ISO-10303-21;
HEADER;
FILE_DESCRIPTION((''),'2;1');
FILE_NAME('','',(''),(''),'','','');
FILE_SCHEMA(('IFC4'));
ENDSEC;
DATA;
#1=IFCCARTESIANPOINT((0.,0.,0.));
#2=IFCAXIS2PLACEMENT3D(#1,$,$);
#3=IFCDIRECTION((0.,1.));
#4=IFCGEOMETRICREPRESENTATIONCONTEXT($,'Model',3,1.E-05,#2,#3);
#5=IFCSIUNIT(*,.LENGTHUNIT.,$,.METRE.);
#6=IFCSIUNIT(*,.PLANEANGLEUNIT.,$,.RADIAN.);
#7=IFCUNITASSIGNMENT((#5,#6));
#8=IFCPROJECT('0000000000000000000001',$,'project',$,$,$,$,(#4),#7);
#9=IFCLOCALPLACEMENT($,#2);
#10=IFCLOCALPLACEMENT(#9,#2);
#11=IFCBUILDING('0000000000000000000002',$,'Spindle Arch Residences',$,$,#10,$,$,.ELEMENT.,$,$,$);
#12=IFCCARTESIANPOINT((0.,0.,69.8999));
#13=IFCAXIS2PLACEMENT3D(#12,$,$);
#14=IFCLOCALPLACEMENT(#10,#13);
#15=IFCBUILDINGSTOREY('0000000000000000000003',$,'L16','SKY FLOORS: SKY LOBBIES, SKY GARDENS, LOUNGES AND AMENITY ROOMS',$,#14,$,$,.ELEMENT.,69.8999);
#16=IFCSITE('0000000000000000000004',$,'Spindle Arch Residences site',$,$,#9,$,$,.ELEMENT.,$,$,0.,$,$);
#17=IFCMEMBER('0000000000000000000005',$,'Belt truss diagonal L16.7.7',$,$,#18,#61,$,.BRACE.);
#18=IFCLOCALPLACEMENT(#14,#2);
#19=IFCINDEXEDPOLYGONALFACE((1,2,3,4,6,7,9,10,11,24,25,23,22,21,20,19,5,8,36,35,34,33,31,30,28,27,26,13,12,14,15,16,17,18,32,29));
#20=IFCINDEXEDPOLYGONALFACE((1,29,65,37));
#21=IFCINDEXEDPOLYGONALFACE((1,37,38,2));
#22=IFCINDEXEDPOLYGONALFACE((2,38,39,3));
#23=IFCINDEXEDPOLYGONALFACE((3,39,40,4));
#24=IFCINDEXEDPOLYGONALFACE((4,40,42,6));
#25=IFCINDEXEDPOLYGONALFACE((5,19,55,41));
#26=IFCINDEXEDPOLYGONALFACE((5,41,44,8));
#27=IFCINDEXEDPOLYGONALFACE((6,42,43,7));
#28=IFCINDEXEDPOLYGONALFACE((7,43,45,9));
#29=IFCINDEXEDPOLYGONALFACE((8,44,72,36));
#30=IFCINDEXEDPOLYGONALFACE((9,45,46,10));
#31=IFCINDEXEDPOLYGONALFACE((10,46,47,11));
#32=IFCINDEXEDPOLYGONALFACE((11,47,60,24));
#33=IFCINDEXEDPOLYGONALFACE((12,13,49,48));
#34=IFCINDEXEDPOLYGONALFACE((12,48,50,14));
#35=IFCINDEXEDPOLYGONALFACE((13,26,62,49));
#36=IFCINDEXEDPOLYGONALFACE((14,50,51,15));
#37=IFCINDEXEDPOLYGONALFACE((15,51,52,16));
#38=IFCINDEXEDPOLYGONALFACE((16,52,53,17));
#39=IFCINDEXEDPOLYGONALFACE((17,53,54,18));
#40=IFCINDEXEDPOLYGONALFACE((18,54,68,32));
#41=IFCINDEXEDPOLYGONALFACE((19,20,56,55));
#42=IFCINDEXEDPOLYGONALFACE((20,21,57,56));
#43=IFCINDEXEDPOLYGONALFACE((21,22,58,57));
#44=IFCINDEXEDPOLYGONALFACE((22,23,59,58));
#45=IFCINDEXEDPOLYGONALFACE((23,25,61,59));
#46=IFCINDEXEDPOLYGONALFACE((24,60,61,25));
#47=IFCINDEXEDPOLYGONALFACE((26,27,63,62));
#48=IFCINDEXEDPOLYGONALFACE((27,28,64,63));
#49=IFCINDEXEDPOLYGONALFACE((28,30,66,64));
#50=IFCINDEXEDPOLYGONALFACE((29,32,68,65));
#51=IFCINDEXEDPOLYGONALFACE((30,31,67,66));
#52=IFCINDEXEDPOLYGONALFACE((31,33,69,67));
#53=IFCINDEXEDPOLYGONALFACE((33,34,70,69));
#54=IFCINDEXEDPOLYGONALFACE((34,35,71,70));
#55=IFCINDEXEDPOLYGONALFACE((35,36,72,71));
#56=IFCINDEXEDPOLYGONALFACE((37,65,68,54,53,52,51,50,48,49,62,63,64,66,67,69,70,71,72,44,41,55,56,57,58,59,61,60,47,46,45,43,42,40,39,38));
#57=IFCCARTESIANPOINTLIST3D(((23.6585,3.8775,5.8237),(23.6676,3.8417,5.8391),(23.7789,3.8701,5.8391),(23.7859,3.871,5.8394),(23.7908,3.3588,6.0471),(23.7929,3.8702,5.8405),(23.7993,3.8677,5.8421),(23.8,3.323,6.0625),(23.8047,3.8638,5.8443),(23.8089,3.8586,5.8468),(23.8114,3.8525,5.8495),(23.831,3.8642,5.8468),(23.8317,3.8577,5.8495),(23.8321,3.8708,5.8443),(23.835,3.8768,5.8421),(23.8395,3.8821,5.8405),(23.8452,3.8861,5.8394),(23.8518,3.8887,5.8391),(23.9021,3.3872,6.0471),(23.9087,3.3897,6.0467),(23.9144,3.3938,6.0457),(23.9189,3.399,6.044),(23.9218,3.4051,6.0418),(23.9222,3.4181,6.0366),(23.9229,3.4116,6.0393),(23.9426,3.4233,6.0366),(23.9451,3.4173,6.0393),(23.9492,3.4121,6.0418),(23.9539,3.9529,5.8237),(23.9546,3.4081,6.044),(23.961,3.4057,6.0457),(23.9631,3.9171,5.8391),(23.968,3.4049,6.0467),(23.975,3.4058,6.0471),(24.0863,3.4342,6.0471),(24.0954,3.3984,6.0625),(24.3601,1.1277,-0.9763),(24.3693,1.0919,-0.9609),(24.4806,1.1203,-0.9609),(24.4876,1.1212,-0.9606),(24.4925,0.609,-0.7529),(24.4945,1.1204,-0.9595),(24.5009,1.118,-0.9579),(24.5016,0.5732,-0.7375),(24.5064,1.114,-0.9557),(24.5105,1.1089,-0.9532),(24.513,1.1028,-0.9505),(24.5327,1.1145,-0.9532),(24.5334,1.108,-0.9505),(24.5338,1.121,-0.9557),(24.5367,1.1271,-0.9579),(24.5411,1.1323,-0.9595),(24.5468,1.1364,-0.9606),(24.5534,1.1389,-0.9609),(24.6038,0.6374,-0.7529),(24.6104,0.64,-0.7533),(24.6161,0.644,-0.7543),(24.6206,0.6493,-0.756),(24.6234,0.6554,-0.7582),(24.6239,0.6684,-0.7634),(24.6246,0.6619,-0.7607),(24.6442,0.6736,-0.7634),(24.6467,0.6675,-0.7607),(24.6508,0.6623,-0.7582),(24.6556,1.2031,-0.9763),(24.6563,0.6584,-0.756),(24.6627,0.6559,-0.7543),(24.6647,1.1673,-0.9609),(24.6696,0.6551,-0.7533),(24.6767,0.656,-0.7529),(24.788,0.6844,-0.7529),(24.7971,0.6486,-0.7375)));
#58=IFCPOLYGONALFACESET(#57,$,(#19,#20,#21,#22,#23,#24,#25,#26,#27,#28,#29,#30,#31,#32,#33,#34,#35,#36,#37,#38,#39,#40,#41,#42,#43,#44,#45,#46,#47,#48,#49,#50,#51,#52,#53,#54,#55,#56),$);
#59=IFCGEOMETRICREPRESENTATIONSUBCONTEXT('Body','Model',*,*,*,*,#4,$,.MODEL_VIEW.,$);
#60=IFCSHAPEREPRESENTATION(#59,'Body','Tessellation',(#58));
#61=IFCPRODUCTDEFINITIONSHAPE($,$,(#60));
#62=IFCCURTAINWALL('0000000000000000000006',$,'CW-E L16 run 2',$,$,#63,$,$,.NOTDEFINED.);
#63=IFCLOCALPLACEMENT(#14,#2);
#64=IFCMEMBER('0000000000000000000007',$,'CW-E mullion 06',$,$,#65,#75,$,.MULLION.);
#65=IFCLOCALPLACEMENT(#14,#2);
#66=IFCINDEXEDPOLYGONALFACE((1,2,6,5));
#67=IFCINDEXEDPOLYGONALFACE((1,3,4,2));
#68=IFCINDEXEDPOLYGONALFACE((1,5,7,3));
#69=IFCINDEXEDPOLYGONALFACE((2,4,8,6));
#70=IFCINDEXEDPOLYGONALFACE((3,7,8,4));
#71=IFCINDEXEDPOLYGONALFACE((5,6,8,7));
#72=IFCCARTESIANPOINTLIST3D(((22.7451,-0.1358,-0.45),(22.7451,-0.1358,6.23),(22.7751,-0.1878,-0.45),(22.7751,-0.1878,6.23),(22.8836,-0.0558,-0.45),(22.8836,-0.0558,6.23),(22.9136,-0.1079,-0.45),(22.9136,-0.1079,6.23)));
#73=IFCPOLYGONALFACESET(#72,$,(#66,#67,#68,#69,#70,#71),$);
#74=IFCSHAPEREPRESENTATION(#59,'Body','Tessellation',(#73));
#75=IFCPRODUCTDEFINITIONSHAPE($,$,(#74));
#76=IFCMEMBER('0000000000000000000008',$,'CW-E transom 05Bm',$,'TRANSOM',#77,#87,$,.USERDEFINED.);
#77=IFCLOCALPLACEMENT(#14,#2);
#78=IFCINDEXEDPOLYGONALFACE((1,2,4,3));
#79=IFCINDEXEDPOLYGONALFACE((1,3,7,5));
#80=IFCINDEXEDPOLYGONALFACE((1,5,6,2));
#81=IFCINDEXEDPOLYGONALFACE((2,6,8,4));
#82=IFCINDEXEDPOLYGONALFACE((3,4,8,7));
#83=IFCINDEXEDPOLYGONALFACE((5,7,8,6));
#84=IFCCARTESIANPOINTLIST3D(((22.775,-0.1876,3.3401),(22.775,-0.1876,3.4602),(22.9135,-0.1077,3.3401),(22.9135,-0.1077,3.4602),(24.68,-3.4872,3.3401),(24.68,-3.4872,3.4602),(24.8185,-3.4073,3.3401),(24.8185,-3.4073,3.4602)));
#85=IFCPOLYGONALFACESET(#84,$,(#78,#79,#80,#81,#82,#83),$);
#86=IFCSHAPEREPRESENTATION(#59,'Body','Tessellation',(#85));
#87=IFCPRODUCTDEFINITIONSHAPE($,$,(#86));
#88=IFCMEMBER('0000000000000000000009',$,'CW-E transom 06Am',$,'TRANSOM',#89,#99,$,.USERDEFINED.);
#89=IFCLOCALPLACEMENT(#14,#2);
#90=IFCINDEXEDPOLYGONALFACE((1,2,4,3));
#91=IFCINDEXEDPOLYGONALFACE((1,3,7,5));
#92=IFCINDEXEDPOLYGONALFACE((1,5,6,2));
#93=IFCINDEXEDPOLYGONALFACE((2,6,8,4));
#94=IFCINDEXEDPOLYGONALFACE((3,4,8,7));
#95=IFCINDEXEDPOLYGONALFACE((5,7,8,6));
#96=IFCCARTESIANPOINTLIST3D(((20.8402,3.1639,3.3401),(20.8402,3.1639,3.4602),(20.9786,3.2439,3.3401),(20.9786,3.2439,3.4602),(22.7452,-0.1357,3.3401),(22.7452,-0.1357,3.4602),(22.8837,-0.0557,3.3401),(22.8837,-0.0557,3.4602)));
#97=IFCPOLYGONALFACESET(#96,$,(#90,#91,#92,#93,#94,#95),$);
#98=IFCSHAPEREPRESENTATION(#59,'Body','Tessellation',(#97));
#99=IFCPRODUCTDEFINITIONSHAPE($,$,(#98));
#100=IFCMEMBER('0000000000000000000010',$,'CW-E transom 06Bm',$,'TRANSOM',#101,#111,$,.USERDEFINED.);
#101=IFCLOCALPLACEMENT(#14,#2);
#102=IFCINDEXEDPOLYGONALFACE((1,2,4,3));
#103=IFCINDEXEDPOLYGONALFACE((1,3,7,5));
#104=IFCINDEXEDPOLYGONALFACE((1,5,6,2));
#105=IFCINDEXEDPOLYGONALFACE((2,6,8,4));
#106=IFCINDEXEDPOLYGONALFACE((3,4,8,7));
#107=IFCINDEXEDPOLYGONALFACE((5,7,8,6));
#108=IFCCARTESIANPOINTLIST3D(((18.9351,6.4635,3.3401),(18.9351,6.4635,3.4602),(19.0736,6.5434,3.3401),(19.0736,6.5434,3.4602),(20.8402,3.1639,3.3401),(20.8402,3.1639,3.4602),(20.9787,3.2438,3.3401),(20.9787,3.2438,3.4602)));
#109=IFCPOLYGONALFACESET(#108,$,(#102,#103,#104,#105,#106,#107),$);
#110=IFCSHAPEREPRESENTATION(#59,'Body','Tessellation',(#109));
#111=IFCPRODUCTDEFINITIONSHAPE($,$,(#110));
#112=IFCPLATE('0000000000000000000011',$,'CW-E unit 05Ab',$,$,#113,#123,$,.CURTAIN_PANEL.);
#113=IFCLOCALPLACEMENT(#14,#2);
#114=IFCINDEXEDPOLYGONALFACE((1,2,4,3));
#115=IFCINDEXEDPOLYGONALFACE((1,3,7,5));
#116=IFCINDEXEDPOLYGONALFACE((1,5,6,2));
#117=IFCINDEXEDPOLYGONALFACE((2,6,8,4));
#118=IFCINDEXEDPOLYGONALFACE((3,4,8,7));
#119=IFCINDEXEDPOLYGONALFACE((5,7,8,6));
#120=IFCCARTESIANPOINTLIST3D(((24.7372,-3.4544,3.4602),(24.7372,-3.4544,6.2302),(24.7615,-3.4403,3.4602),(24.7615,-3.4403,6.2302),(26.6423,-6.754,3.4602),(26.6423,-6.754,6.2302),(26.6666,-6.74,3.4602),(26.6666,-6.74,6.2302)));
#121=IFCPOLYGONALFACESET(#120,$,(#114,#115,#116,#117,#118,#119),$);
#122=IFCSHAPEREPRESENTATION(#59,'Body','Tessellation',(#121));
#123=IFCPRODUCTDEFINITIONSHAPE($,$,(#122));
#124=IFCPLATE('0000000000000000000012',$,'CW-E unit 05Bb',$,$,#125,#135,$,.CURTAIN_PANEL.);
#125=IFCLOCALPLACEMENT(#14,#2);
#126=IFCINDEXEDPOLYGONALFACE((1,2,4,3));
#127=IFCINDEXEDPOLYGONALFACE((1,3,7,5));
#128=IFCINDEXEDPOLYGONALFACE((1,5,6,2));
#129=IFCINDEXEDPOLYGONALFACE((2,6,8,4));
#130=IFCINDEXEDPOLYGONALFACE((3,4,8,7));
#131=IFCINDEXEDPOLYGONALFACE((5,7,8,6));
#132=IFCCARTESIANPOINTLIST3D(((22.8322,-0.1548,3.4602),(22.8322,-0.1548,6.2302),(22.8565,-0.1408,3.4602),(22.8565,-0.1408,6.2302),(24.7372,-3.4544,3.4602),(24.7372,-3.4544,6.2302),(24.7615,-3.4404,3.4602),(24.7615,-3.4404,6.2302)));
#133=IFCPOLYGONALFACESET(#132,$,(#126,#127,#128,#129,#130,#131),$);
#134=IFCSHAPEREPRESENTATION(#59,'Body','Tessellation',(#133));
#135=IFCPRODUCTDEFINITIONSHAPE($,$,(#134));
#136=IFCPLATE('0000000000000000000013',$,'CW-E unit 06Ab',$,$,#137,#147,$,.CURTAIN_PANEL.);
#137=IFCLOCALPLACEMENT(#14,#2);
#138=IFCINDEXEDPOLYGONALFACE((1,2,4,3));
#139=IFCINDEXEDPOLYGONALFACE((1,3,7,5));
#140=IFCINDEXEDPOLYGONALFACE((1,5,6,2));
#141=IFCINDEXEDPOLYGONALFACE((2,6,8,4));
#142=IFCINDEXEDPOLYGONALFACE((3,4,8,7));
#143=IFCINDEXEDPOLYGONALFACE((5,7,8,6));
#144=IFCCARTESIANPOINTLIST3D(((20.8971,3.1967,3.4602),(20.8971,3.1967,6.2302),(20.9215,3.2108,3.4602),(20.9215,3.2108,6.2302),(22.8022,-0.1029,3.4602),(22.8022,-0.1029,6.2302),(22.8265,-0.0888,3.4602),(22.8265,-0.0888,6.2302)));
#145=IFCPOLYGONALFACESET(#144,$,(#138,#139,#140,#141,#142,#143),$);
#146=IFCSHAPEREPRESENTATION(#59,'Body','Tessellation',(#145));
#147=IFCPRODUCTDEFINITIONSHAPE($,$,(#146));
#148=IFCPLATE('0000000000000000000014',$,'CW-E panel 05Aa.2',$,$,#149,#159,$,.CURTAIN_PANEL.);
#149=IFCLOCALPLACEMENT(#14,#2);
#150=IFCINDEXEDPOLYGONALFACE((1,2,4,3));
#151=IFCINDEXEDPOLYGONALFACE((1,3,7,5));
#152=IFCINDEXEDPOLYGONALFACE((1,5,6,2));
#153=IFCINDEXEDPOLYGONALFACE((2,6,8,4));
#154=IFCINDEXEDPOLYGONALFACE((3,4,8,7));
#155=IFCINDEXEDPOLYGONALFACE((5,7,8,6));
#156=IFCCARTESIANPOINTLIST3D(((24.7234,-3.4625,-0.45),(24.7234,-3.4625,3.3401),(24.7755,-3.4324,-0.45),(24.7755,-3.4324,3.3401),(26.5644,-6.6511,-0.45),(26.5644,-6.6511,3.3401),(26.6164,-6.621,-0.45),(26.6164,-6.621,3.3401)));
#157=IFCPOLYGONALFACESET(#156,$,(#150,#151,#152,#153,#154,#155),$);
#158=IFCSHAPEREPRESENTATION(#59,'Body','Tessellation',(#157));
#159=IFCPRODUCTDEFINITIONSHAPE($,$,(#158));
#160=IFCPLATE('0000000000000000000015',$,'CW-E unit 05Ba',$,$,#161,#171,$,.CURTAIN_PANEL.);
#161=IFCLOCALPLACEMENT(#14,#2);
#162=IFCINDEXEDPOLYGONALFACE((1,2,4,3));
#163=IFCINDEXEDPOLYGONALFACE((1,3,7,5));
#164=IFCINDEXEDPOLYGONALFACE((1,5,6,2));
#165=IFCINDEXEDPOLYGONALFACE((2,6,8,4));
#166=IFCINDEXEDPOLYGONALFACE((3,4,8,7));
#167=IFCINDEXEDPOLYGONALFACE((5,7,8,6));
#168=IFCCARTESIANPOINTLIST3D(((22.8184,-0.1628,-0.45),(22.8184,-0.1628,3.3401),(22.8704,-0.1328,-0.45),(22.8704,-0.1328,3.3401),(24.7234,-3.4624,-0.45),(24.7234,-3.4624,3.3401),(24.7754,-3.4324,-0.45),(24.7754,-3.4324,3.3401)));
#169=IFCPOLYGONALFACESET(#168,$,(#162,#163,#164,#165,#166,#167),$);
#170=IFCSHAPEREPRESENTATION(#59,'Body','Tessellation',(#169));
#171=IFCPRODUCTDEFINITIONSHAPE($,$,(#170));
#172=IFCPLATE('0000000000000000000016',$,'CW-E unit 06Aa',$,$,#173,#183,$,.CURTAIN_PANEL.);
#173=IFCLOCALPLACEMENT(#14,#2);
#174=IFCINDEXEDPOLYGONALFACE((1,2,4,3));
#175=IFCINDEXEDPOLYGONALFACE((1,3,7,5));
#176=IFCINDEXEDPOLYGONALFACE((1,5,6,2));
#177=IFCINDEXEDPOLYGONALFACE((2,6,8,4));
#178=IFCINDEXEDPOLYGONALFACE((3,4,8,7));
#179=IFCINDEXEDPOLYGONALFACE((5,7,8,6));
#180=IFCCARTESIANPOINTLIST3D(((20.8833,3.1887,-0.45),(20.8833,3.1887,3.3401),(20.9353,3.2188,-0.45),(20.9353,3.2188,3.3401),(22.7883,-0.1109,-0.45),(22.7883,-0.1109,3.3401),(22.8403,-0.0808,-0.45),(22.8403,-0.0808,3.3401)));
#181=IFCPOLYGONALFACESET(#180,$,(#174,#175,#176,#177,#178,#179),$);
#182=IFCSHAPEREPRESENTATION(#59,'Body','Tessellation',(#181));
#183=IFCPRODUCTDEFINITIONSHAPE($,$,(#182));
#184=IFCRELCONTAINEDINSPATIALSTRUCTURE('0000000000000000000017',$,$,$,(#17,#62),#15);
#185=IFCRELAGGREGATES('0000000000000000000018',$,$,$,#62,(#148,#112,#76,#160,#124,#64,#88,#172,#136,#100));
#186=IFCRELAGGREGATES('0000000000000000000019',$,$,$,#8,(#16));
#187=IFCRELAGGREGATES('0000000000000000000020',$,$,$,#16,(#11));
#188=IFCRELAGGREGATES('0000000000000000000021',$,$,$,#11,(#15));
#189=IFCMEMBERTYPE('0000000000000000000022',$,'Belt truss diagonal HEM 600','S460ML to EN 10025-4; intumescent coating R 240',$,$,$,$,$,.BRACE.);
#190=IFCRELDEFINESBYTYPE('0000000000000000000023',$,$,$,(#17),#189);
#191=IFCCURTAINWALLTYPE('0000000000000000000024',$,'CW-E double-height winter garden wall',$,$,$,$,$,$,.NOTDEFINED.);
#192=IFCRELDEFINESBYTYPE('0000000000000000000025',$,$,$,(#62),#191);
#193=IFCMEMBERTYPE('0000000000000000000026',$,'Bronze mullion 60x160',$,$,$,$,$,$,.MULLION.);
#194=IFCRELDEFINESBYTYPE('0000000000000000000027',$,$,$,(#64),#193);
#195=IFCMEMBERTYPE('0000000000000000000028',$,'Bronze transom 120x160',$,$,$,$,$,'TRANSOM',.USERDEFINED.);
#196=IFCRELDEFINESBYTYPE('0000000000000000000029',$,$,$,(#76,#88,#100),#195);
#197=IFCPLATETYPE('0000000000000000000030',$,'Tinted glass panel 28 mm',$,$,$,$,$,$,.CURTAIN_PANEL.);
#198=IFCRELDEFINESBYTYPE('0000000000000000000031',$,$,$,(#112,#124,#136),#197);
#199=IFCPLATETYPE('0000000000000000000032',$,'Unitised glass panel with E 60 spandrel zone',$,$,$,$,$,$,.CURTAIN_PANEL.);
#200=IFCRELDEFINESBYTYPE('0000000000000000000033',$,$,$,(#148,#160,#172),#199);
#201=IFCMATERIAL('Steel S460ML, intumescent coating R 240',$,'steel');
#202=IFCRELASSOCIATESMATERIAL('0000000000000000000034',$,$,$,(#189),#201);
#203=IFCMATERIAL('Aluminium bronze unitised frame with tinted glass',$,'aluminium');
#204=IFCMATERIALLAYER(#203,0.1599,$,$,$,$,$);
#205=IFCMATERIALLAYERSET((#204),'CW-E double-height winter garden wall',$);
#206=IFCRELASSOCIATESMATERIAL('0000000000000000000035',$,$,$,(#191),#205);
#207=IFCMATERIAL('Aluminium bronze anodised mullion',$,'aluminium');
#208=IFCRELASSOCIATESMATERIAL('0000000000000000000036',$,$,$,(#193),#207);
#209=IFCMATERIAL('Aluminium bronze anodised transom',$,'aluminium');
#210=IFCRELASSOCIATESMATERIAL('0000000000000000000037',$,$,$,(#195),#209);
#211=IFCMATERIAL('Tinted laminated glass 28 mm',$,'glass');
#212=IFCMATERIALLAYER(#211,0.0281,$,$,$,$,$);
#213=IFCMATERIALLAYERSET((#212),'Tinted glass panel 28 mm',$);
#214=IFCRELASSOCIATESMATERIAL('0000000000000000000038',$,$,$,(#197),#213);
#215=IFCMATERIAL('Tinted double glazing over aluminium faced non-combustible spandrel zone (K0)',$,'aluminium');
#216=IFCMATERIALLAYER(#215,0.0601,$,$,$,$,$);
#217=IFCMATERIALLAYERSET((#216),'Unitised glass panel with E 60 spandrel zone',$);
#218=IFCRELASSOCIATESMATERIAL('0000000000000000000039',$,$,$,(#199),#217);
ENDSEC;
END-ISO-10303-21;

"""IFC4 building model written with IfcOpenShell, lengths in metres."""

from ifc_helpers import new_model, si_unit, direction, frame, origin, origin_2d, place, context, subcontext, project, spatial, rectangle, i_section, extrude, material, layer, layer_set, material_profile, profile_set, type_object, element, aggregate, save


model = new_model("IFC4")

# Units and contexts
model_context = context("Model", 3, precision=1e-05, world=origin(), true_north=direction((0.0, 1.0)))
body_context = subcontext(model_context, "Body", "Model", "MODEL_VIEW")
ifc_project = project(units=[si_unit("LENGTHUNIT", "METRE"), si_unit("PLANEANGLEUNIT", "RADIAN")], contexts=[model_context])

# Site, building, storey
site_placement = place(None, origin())
site = spatial("IfcSite", under=ifc_project, at=site_placement, Name="Spindle Arch Residences site", CompositionType="ELEMENT", RefElevation=0.0)
building_placement = place(site_placement, origin())
building = spatial("IfcBuilding", under=site, at=building_placement, Name="Spindle Arch Residences", CompositionType="ELEMENT")
storey_placement = place(building_placement, frame((0.0, 0.0, 69.8999)))
storey = spatial("IfcBuildingStorey", under=building, at=storey_placement, Name="L16", Description="SKY FLOORS: SKY LOBBIES, SKY GARDENS, LOUNGES AND AMENITY ROOMS", CompositionType="ELEMENT", Elevation=69.8999)

# Member
ifc_material_1 = material(Name="Steel S460ML, intumescent coating R 240", Category="steel")
ifc_material_profile_1 = material_profile(ifc_material_1, i_section(OverallWidth=0.3049, OverallDepth=0.6201, WebThickness=0.021, FlangeThickness=0.04, FilletRadius=0.0271, at=origin_2d()), Name="HEM 600")
ifc_profile_set_1 = profile_set([ifc_material_profile_1], Name="Steel S460ML, intumescent coating R 240")
member_type_1 = type_object("IfcMemberType", Name="Belt truss diagonal HEM 600", Description="S460ML to EN 10025-4; intumescent coating R 240", PredefinedType="BRACE", material=ifc_profile_set_1)
member_1_placement = place(storey_placement, frame((24.5786, 0.8882, -0.8569), z_axis=(-0.095225, 0.373179, 0.922859), x_axis=(-0.968952, -0.247249, 0.0)))
element("IfcMember", 1, at=member_1_placement, inside=storey, type_object=member_type_1, Name="Belt truss diagonal L16.7.7", PredefinedType="BRACE", context=body_context, shape_type="SweptSolid", body=[
    extrude(i_section(OverallWidth=0.3049, OverallDepth=0.6201, WebThickness=0.021, FlangeThickness=0.04, FilletRadius=0.0271, at=origin_2d()), origin(), (0.0, 0.0, 1.0), 7.3684),
])

# Curtain wall, members, plates
ifc_material_2 = material(Name="Aluminium bronze unitised frame with tinted glass", Category="aluminium")
ifc_layer_1 = layer(ifc_material_2, 0.1599)
ifc_layer_set_1 = layer_set([ifc_layer_1], Name="CW-E double-height winter garden wall")
curtain_wall_type = type_object("IfcCurtainWallType", Name="CW-E double-height winter garden wall", PredefinedType="NOTDEFINED", material=ifc_layer_set_1)
curtain_wall_placement = place(storey_placement, origin())
curtain_wall = element("IfcCurtainWall", 2, at=curtain_wall_placement, inside=storey, type_object=curtain_wall_type, Name="CW-E L16 run 2", PredefinedType="NOTDEFINED")
ifc_material_3 = material(Name="Aluminium bronze anodised mullion", Category="aluminium")
ifc_material_profile_2 = material_profile(ifc_material_3, rectangle(XDim=0.1599, YDim=0.0601, at=origin_2d()), Name="MU 60x160")
ifc_profile_set_2 = profile_set([ifc_material_profile_2], Name="Aluminium bronze anodised mullion")
member_type_2 = type_object("IfcMemberType", Name="Bronze mullion 60x160", PredefinedType="MULLION", material=ifc_profile_set_2)
member_2_placement = place(storey_placement, frame((22.8293, -0.1218, -0.45), z_axis=(0.0, 0.0, 1.0), x_axis=(-0.866025, -0.5, 0.0)))
member_2 = element("IfcMember", 3, at=member_2_placement, type_object=member_type_2, Name="CW-E mullion 06", PredefinedType="MULLION", context=body_context, shape_type="SweptSolid", body=[
    extrude(rectangle(XDim=0.1599, YDim=0.0601, at=origin_2d()), origin(), (0.0, 0.0, 1.0), 6.6799),
])
ifc_material_4 = material(Name="Aluminium bronze anodised transom", Category="aluminium")
ifc_material_profile_3 = material_profile(ifc_material_4, rectangle(XDim=0.1599, YDim=0.1201, at=origin_2d()), Name="TR 120x160")
ifc_profile_set_3 = profile_set([ifc_material_profile_3], Name="Aluminium bronze anodised transom")
member_type_3 = type_object("IfcMemberType", Name="Bronze transom 120x160", ElementType="TRANSOM", PredefinedType="USERDEFINED", material=ifc_profile_set_3)
member_3_placement = place(storey_placement, frame((24.7493, -3.4473, 3.4001), z_axis=(-0.500005, 0.866022, 0.0), x_axis=(-0.866022, -0.500005, 0.0)))
member_3 = element("IfcMember", 4, at=member_3_placement, type_object=member_type_3, Name="CW-E transom 05Bm", ObjectType="TRANSOM", PredefinedType="USERDEFINED", context=body_context, shape_type="SweptSolid", body=[
    extrude(rectangle(XDim=0.1599, YDim=0.1201, at=origin_2d()), origin(), (0.0, 0.0, 1.0), 3.8101),
])
member_4_placement = place(storey_placement, frame((22.8145, -0.0957, 3.4001), z_axis=(-0.500005, 0.866022, 0.0), x_axis=(-0.866022, -0.500005, 0.0)))
member_4 = element("IfcMember", 5, at=member_4_placement, type_object=member_type_3, Name="CW-E transom 06Am", ObjectType="TRANSOM", PredefinedType="USERDEFINED", context=body_context, shape_type="SweptSolid", body=[
    extrude(rectangle(XDim=0.1599, YDim=0.1201, at=origin_2d()), origin(), (0.0, 0.0, 1.0), 3.8101),
])
member_5_placement = place(storey_placement, frame((20.9094, 3.2039, 3.4001), z_axis=(-0.500005, 0.866022, 0.0), x_axis=(-0.866022, -0.500005, 0.0)))
member_5 = element("IfcMember", 6, at=member_5_placement, type_object=member_type_3, Name="CW-E transom 06Bm", ObjectType="TRANSOM", PredefinedType="USERDEFINED", context=body_context, shape_type="SweptSolid", body=[
    extrude(rectangle(XDim=0.1599, YDim=0.1201, at=origin_2d()), origin(), (0.0, 0.0, 1.0), 3.8101),
])
ifc_material_5 = material(Name="Tinted laminated glass 28 mm", Category="glass")
ifc_layer_2 = layer(ifc_material_5, 0.0281)
ifc_layer_set_2 = layer_set([ifc_layer_2], Name="Tinted glass panel 28 mm")
plate_type_1 = type_object("IfcPlateType", Name="Tinted glass panel 28 mm", PredefinedType="CURTAIN_PANEL", material=ifc_layer_set_2)
plate_1_placement = place(storey_placement, frame((25.7019, -5.0972, 3.4602), z_axis=(0.0, 0.0, 1.0), x_axis=(-0.5, 0.866025, 0.0)))
plate_1 = element("IfcPlate", 7, at=plate_1_placement, type_object=plate_type_1, Name="CW-E unit 05Ab", PredefinedType="CURTAIN_PANEL", context=body_context, shape_type="SweptSolid", body=[
    extrude(rectangle(XDim=3.8101, YDim=0.0281, at=origin_2d()), origin(), (0.0, 0.0, 1.0), 2.77),
])
plate_2_placement = place(storey_placement, frame((23.7969, -1.7976, 3.4602), z_axis=(0.0, 0.0, 1.0), x_axis=(-0.5, 0.866025, 0.0)))
plate_2 = element("IfcPlate", 8, at=plate_2_placement, type_object=plate_type_1, Name="CW-E unit 05Bb", PredefinedType="CURTAIN_PANEL", context=body_context, shape_type="SweptSolid", body=[
    extrude(rectangle(XDim=3.8101, YDim=0.0281, at=origin_2d()), origin(), (0.0, 0.0, 1.0), 2.77),
])
plate_3_placement = place(storey_placement, frame((21.8618, 1.554, 3.4602), z_axis=(0.0, 0.0, 1.0), x_axis=(-0.5, 0.866025, 0.0)))
plate_3 = element("IfcPlate", 9, at=plate_3_placement, type_object=plate_type_1, Name="CW-E unit 06Ab", PredefinedType="CURTAIN_PANEL", context=body_context, shape_type="SweptSolid", body=[
    extrude(rectangle(XDim=3.8101, YDim=0.0281, at=origin_2d()), origin(), (0.0, 0.0, 1.0), 2.77),
])
ifc_material_6 = material(Name="Tinted double glazing over aluminium faced non-combustible spandrel zone (K0)", Category="aluminium")
ifc_layer_3 = layer(ifc_material_6, 0.0601)
ifc_layer_set_3 = layer_set([ifc_layer_3], Name="Unitised glass panel with E 60 spandrel zone")
plate_type_2 = type_object("IfcPlateType", Name="Unitised glass panel with E 60 spandrel zone", PredefinedType="CURTAIN_PANEL", material=ifc_layer_set_3)
plate_4_placement = place(storey_placement, frame((25.6699, -5.0417, -0.45), z_axis=(0.0, 0.0, 1.0), x_axis=(-0.5, 0.866025, 0.0)))
plate_4 = element("IfcPlate", 10, at=plate_4_placement, type_object=plate_type_2, Name="CW-E panel 05Aa.2", PredefinedType="CURTAIN_PANEL", context=body_context, shape_type="SweptSolid", body=[
    extrude(rectangle(XDim=3.6819, YDim=0.0601, at=origin_2d()), origin(), (0.0, 0.0, 1.0), 3.79),
])
plate_5_placement = place(storey_placement, frame((23.7969, -1.7976, -0.45), z_axis=(0.0, 0.0, 1.0), x_axis=(-0.5, 0.866025, 0.0)))
plate_5 = element("IfcPlate", 11, at=plate_5_placement, type_object=plate_type_2, Name="CW-E unit 05Ba", PredefinedType="CURTAIN_PANEL", context=body_context, shape_type="SweptSolid", body=[
    extrude(rectangle(XDim=3.8101, YDim=0.0601, at=origin_2d()), origin(), (0.0, 0.0, 1.0), 3.79),
])
plate_6_placement = place(storey_placement, frame((21.8618, 1.554, -0.45), z_axis=(0.0, 0.0, 1.0), x_axis=(-0.5, 0.866025, 0.0)))
plate_6 = element("IfcPlate", 12, at=plate_6_placement, type_object=plate_type_2, Name="CW-E unit 06Aa", PredefinedType="CURTAIN_PANEL", context=body_context, shape_type="SweptSolid", body=[
    extrude(rectangle(XDim=3.8101, YDim=0.0601, at=origin_2d()), origin(), (0.0, 0.0, 1.0), 3.79),
])
aggregate(curtain_wall, [plate_4, plate_1, member_3, plate_5, plate_2, member_2, member_4, plate_6, plate_3, member_5])

save(model, "model.ifc")
